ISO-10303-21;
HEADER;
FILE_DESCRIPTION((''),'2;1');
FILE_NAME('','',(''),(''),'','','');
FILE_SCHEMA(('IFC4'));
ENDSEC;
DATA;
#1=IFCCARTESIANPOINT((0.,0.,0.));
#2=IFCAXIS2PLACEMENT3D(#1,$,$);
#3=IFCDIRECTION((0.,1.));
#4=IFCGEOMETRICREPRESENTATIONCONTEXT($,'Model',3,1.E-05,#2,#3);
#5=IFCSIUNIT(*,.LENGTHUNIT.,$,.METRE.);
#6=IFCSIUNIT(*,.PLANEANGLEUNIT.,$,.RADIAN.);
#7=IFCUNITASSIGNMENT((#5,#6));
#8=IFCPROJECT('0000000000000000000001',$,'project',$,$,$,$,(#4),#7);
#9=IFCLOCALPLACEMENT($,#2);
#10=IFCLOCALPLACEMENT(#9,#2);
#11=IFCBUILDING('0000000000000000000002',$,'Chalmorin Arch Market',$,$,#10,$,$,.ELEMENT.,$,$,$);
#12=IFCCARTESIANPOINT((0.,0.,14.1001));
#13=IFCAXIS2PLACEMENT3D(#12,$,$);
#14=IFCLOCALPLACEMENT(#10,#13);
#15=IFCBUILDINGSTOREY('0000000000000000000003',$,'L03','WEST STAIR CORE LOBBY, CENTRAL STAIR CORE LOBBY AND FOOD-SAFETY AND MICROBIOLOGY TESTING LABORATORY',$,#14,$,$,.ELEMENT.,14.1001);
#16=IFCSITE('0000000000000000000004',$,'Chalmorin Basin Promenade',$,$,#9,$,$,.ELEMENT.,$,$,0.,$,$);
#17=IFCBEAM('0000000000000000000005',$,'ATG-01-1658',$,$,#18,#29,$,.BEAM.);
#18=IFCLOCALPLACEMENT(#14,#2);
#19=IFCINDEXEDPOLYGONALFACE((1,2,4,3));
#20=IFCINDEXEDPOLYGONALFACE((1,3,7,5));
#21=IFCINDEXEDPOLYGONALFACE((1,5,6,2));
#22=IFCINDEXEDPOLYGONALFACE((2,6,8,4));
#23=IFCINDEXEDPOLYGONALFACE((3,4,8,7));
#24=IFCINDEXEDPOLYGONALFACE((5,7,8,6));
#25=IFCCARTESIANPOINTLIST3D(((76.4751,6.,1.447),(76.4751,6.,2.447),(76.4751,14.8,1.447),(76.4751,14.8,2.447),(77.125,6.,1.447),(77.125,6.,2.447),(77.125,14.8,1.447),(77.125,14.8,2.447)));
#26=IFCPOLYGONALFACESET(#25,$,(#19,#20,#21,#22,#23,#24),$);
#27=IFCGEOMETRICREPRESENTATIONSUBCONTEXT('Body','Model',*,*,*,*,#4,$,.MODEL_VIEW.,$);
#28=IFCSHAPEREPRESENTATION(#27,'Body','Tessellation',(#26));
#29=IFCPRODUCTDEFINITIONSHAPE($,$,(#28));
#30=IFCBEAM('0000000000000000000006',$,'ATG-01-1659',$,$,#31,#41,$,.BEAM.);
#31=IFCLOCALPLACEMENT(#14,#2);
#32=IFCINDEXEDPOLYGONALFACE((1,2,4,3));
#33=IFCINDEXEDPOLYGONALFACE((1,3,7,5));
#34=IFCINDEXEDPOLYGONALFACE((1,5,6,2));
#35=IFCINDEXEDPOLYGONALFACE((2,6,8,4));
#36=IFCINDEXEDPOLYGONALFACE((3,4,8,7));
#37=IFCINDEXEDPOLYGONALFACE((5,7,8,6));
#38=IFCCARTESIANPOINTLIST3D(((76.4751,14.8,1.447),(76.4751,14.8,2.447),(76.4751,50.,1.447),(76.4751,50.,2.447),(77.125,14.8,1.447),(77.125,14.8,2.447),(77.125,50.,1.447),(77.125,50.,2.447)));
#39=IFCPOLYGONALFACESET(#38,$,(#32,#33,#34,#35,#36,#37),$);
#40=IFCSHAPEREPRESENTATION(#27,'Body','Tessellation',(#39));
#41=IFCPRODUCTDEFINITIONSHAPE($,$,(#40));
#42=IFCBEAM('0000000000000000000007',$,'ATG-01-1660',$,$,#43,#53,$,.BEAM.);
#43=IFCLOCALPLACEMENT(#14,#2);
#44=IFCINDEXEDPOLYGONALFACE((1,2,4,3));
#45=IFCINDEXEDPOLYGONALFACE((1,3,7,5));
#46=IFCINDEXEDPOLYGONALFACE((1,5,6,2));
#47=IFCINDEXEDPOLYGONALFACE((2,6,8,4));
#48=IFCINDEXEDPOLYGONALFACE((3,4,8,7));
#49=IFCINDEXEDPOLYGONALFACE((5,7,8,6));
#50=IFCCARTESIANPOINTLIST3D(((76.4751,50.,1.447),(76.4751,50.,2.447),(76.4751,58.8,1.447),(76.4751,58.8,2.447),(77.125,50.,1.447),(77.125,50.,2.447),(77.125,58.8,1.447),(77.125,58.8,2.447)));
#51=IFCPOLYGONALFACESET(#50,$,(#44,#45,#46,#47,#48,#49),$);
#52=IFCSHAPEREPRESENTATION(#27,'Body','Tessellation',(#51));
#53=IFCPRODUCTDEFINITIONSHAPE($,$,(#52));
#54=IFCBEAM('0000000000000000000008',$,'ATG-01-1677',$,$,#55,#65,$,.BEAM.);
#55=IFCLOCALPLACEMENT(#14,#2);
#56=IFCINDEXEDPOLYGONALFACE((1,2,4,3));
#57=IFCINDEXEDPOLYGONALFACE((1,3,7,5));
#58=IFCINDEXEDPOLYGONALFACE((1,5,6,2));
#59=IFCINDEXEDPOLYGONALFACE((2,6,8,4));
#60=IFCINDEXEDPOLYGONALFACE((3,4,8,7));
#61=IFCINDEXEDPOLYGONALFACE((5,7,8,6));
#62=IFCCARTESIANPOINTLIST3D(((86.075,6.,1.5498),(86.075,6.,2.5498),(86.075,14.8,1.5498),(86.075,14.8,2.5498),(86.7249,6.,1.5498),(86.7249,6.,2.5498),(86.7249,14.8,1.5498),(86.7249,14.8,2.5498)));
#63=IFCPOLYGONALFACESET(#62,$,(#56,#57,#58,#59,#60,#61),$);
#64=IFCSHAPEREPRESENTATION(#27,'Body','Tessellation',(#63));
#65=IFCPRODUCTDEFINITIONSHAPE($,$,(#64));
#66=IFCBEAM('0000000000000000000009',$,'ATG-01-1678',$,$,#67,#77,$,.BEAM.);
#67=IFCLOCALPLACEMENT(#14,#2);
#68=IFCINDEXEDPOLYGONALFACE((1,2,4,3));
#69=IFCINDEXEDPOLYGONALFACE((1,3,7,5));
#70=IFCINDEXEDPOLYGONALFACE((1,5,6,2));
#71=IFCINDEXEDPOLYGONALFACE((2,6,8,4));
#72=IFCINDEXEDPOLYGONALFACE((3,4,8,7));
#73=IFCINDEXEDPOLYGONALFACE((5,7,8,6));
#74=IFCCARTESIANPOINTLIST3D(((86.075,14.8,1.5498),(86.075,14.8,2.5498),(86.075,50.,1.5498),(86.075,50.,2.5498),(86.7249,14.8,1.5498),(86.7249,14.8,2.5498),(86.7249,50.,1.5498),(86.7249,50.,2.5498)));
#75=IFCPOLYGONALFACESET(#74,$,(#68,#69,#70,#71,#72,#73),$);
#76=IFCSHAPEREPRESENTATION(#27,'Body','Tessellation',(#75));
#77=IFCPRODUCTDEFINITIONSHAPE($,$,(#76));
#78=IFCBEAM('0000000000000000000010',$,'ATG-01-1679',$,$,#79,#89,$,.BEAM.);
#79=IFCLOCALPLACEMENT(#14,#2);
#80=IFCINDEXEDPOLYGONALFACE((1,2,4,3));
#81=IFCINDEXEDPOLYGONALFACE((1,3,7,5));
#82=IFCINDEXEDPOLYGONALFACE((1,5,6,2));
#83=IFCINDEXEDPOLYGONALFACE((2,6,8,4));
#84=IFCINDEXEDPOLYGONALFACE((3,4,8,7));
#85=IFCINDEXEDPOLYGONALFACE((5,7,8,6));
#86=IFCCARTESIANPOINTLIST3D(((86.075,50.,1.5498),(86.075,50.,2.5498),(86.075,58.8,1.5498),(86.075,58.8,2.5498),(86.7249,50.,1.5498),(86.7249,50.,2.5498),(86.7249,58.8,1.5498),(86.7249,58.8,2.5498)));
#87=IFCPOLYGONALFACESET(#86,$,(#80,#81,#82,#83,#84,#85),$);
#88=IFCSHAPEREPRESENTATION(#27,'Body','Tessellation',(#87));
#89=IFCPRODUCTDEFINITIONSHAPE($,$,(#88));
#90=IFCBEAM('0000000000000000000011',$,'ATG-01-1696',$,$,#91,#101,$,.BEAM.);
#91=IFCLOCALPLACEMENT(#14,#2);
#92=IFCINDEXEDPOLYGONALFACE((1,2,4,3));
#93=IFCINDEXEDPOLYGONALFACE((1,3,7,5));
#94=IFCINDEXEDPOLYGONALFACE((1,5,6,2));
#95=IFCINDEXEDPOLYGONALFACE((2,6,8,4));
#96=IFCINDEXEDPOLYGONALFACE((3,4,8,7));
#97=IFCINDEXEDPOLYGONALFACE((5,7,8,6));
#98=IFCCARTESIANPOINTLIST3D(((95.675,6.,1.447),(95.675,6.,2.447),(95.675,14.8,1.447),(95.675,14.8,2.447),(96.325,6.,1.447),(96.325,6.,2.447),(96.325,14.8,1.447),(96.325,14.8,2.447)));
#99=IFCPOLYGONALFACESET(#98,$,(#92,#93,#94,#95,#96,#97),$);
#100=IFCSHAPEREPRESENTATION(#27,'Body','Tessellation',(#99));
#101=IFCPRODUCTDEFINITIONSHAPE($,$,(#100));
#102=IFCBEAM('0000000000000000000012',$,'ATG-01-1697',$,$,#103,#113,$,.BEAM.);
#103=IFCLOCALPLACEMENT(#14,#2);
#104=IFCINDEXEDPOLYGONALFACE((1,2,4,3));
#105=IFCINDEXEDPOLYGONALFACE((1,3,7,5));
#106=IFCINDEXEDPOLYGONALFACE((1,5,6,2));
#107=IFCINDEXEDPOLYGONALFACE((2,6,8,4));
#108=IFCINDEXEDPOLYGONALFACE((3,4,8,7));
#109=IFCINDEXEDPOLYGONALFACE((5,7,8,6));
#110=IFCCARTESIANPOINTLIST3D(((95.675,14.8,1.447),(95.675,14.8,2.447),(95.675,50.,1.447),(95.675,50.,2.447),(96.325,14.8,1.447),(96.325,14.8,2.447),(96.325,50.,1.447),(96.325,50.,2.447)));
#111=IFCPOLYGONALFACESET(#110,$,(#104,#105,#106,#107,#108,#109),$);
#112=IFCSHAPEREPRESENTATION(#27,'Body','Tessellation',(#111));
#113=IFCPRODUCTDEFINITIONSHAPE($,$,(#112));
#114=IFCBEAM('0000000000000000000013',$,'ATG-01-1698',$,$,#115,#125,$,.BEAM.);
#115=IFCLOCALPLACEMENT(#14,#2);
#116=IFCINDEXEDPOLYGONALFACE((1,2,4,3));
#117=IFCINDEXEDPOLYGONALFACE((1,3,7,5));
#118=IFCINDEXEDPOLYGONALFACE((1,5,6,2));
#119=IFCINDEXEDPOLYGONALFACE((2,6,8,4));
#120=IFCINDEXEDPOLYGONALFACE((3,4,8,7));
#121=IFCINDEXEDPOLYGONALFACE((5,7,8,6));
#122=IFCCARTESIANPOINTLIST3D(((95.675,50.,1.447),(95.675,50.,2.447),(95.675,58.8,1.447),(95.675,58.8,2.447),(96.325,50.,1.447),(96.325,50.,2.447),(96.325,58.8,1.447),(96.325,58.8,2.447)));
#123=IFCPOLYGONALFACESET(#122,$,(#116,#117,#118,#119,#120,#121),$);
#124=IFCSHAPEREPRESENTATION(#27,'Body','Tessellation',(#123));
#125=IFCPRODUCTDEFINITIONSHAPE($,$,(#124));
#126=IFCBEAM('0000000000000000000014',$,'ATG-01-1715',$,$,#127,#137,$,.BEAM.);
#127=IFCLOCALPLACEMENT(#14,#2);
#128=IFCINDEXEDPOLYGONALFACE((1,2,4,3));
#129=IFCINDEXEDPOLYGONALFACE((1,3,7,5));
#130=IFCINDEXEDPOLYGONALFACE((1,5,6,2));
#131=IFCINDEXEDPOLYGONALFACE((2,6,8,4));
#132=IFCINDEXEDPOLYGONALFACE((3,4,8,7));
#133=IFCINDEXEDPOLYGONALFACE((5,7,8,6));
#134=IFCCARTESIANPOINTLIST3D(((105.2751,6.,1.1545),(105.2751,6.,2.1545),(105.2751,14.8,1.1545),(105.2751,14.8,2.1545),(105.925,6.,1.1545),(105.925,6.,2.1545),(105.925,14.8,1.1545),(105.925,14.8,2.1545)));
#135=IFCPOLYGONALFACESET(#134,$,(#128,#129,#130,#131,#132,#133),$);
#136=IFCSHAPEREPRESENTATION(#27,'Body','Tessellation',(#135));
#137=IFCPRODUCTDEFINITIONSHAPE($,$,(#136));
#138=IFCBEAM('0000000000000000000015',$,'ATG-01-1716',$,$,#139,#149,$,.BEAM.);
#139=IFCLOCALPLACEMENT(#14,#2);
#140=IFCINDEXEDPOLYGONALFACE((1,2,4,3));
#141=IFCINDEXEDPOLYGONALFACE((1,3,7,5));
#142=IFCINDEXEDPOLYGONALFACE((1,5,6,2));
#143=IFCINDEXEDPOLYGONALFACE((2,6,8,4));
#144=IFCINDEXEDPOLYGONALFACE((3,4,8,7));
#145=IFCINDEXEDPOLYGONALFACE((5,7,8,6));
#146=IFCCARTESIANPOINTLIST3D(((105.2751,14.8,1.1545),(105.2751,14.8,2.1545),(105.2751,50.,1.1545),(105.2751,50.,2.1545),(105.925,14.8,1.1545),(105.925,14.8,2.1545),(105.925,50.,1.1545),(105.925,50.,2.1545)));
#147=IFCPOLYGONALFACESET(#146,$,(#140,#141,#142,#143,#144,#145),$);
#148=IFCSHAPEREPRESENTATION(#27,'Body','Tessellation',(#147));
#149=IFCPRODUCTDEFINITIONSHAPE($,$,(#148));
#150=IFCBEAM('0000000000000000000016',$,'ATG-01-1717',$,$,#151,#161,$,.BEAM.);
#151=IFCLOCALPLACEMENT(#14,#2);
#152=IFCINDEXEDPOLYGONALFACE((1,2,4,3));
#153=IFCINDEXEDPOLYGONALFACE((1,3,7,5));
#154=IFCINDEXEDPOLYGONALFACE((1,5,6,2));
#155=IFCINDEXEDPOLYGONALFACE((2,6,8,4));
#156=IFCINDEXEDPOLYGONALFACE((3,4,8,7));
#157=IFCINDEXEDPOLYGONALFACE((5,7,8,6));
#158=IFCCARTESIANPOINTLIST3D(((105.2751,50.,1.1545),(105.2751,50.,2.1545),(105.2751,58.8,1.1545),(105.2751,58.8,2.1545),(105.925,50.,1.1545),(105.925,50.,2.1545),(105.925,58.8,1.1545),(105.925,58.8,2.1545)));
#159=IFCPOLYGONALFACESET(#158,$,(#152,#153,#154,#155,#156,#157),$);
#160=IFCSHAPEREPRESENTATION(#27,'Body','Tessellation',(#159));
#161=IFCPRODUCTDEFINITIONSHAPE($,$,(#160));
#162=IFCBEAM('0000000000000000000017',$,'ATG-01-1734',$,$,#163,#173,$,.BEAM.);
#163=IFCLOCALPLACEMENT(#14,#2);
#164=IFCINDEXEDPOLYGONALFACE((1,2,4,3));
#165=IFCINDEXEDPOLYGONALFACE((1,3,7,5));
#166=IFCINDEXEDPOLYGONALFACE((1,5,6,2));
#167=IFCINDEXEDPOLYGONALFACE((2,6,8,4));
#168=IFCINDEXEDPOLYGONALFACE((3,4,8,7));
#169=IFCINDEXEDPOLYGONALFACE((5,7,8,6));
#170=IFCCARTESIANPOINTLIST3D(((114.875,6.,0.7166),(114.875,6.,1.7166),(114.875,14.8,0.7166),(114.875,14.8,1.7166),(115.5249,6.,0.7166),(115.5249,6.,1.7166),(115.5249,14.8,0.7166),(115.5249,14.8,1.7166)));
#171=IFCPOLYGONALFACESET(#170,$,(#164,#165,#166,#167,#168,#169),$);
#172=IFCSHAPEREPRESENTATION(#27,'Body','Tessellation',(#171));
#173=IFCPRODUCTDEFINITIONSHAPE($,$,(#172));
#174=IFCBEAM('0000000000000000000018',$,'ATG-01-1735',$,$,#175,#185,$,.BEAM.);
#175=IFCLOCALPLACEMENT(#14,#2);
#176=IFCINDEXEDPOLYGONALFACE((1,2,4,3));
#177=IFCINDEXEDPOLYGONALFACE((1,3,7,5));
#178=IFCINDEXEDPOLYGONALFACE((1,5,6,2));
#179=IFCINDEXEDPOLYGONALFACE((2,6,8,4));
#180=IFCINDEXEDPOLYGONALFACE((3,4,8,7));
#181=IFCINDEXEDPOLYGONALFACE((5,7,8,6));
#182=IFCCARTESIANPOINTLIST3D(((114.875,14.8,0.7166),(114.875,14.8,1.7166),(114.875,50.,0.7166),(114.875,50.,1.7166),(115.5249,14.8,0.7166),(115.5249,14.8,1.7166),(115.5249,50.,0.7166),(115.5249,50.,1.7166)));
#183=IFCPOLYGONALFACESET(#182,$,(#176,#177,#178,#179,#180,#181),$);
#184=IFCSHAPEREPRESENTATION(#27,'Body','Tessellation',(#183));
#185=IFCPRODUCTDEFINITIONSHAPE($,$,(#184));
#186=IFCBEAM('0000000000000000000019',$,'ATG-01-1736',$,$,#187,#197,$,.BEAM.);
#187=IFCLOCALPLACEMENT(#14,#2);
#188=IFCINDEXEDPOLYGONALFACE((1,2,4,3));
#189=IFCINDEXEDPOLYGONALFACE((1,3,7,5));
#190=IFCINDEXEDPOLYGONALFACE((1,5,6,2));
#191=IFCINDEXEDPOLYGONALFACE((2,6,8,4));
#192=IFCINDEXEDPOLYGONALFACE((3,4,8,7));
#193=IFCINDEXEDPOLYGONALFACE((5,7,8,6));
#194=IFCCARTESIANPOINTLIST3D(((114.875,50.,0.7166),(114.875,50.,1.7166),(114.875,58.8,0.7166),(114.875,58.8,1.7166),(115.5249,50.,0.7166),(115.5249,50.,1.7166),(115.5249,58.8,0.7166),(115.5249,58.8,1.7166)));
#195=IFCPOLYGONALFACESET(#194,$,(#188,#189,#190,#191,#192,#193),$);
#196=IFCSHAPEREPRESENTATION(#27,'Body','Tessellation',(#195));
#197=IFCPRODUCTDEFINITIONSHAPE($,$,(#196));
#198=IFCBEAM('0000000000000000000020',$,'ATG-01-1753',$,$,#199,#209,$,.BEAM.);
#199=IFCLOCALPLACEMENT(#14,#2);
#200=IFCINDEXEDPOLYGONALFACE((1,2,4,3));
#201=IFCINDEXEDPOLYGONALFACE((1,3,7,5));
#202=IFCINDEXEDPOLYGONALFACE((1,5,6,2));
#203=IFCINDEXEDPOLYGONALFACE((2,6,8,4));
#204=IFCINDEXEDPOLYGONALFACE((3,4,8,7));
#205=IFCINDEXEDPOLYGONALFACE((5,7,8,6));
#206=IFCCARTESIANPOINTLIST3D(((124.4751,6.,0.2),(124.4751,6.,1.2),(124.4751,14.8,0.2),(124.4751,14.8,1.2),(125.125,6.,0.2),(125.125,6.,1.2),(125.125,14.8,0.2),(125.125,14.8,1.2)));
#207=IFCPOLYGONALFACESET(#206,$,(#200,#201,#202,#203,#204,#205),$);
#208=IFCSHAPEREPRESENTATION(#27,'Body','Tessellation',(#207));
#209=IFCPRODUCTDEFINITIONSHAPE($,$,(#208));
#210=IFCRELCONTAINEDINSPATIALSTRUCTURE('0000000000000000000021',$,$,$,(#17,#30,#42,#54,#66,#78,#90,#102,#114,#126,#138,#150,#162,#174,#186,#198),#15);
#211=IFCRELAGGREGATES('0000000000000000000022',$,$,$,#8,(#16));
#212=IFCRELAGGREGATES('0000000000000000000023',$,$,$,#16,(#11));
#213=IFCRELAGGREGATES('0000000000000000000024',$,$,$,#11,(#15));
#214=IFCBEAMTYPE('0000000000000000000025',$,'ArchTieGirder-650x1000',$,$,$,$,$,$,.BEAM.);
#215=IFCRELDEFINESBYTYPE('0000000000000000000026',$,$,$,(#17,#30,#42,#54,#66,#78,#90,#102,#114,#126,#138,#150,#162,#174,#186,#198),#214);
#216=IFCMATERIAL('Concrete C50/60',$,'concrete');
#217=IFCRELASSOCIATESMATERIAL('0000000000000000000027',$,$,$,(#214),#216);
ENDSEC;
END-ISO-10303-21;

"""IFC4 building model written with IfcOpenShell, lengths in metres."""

from ifc_helpers import new_model, si_unit, direction, frame, origin, origin_2d, place, context, subcontext, project, spatial, rectangle, extrude, material, material_profile, profile_set, type_object, element, save


model = new_model("IFC4")

# Units and contexts
model_context = context("Model", 3, precision=1e-05, world=origin(), true_north=direction((0.0, 1.0)))
body_context = subcontext(model_context, "Body", "Model", "MODEL_VIEW")
ifc_project = project(units=[si_unit("LENGTHUNIT", "METRE"), si_unit("PLANEANGLEUNIT", "RADIAN")], contexts=[model_context])

# Site, building, storey
site_placement = place(None, origin())
site = spatial("IfcSite", under=ifc_project, at=site_placement, Name="Chalmorin Basin Promenade", CompositionType="ELEMENT", RefElevation=0.0)
building_placement = place(site_placement, origin())
building = spatial("IfcBuilding", under=site, at=building_placement, Name="Chalmorin Arch Market", CompositionType="ELEMENT")
storey_placement = place(building_placement, frame((0.0, 0.0, 14.1001)))
storey = spatial("IfcBuildingStorey", under=building, at=storey_placement, Name="L03", Description="WEST STAIR CORE LOBBY, CENTRAL STAIR CORE LOBBY AND FOOD-SAFETY AND MICROBIOLOGY TESTING LABORATORY", CompositionType="ELEMENT", Elevation=14.1001)

# Shared definitions
ifc_material_1 = material(Name="Concrete C50/60", Category="concrete")

# Beams
ifc_material_profile_1 = material_profile(ifc_material_1, rectangle(XDim=0.6499, YDim=1.0, at=origin_2d()), Name="RC650X1000")
ifc_profile_set_1 = profile_set([ifc_material_profile_1], Name="Concrete C50/60")
beam_type = type_object("IfcBeamType", Name="ArchTieGirder-650x1000", PredefinedType="BEAM", material=ifc_profile_set_1)
beam_1_placement = place(storey_placement, frame((76.8, 6.0, 1.947), z_axis=(0.0, 1.0, 0.0), x_axis=(-1.0, 0.0, 0.0)))
element("IfcBeam", 1, at=beam_1_placement, inside=storey, type_object=beam_type, Name="ATG-01-1658", PredefinedType="BEAM", context=body_context, shape_type="SweptSolid", body=[
    extrude(rectangle(XDim=0.6499, YDim=1.0, at=origin_2d()), origin(), (0.0, 0.0, 1.0), 8.8),
])
beam_2_placement = place(storey_placement, frame((76.8, 14.8, 1.947), z_axis=(0.0, 1.0, 0.0), x_axis=(-1.0, 0.0, 0.0)))
element("IfcBeam", 2, at=beam_2_placement, inside=storey, type_object=beam_type, Name="ATG-01-1659", PredefinedType="BEAM", context=body_context, shape_type="SweptSolid", body=[
    extrude(rectangle(XDim=0.6499, YDim=1.0, at=origin_2d()), origin(), (0.0, 0.0, 1.0), 35.2),
])
for number, where, z_axis, x_axis, name in (
    (3, (76.8, 50.0, 1.947), (0.0, 1.0, 0.0), (-1.0, 0.0, 0.0), "ATG-01-1660"),
    (4, (86.3999, 6.0, 2.0498), (0.0, 1.0, 0.0), (-1.0, 0.0, 0.0), "ATG-01-1677"),
):
    element("IfcBeam", number, at=place(storey_placement, frame(where, z_axis=z_axis, x_axis=x_axis)), inside=storey, type_object=beam_type, Name=name, PredefinedType="BEAM", context=body_context, shape_type="SweptSolid", body=[
        extrude(rectangle(XDim=0.6499, YDim=1.0, at=origin_2d()), origin(), (0.0, 0.0, 1.0), 8.8),
    ])
beam_3_placement = place(storey_placement, frame((86.3999, 14.8, 2.0498), z_axis=(0.0, 1.0, 0.0), x_axis=(-1.0, 0.0, 0.0)))
element("IfcBeam", 5, at=beam_3_placement, inside=storey, type_object=beam_type, Name="ATG-01-1678", PredefinedType="BEAM", context=body_context, shape_type="SweptSolid", body=[
    extrude(rectangle(XDim=0.6499, YDim=1.0, at=origin_2d()), origin(), (0.0, 0.0, 1.0), 35.2),
])
for number, where, z_axis, x_axis, name in (
    (6, (86.3999, 50.0, 2.0498), (0.0, 1.0, 0.0), (-1.0, 0.0, 0.0), "ATG-01-1679"),
    (7, (96.0, 6.0, 1.947), (0.0, 1.0, 0.0), (-1.0, 0.0, 0.0), "ATG-01-1696"),
):
    element("IfcBeam", number, at=place(storey_placement, frame(where, z_axis=z_axis, x_axis=x_axis)), inside=storey, type_object=beam_type, Name=name, PredefinedType="BEAM", context=body_context, shape_type="SweptSolid", body=[
        extrude(rectangle(XDim=0.6499, YDim=1.0, at=origin_2d()), origin(), (0.0, 0.0, 1.0), 8.8),
    ])
beam_4_placement = place(storey_placement, frame((96.0, 14.8, 1.947), z_axis=(0.0, 1.0, 0.0), x_axis=(-1.0, 0.0, 0.0)))
element("IfcBeam", 8, at=beam_4_placement, inside=storey, type_object=beam_type, Name="ATG-01-1697", PredefinedType="BEAM", context=body_context, shape_type="SweptSolid", body=[
    extrude(rectangle(XDim=0.6499, YDim=1.0, at=origin_2d()), origin(), (0.0, 0.0, 1.0), 35.2),
])
for number, where, z_axis, x_axis, name in (
    (9, (96.0, 50.0, 1.947), (0.0, 1.0, 0.0), (-1.0, 0.0, 0.0), "ATG-01-1698"),
    (10, (105.6001, 6.0, 1.6545), (0.0, 1.0, 0.0), (-1.0, 0.0, 0.0), "ATG-01-1715"),
):
    element("IfcBeam", number, at=place(storey_placement, frame(where, z_axis=z_axis, x_axis=x_axis)), inside=storey, type_object=beam_type, Name=name, PredefinedType="BEAM", context=body_context, shape_type="SweptSolid", body=[
        extrude(rectangle(XDim=0.6499, YDim=1.0, at=origin_2d()), origin(), (0.0, 0.0, 1.0), 8.8),
    ])
beam_5_placement = place(storey_placement, frame((105.6001, 14.8, 1.6545), z_axis=(0.0, 1.0, 0.0), x_axis=(-1.0, 0.0, 0.0)))
element("IfcBeam", 11, at=beam_5_placement, inside=storey, type_object=beam_type, Name="ATG-01-1716", PredefinedType="BEAM", context=body_context, shape_type="SweptSolid", body=[
    extrude(rectangle(XDim=0.6499, YDim=1.0, at=origin_2d()), origin(), (0.0, 0.0, 1.0), 35.2),
])
for number, where, z_axis, x_axis, name in (
    (12, (105.6001, 50.0, 1.6545), (0.0, 1.0, 0.0), (-1.0, 0.0, 0.0), "ATG-01-1717"),
    (13, (115.2, 6.0, 1.2166), (0.0, 1.0, 0.0), (-1.0, 0.0, 0.0), "ATG-01-1734"),
):
    element("IfcBeam", number, at=place(storey_placement, frame(where, z_axis=z_axis, x_axis=x_axis)), inside=storey, type_object=beam_type, Name=name, PredefinedType="BEAM", context=body_context, shape_type="SweptSolid", body=[
        extrude(rectangle(XDim=0.6499, YDim=1.0, at=origin_2d()), origin(), (0.0, 0.0, 1.0), 8.8),
    ])
beam_6_placement = place(storey_placement, frame((115.2, 14.8, 1.2166), z_axis=(0.0, 1.0, 0.0), x_axis=(-1.0, 0.0, 0.0)))
element("IfcBeam", 14, at=beam_6_placement, inside=storey, type_object=beam_type, Name="ATG-01-1735", PredefinedType="BEAM", context=body_context, shape_type="SweptSolid", body=[
    extrude(rectangle(XDim=0.6499, YDim=1.0, at=origin_2d()), origin(), (0.0, 0.0, 1.0), 35.2),
])
for number, where, z_axis, x_axis, name in (
    (15, (115.2, 50.0, 1.2166), (0.0, 1.0, 0.0), (-1.0, 0.0, 0.0), "ATG-01-1736"),
    (16, (124.8, 6.0, 0.7), (0.0, 1.0, 0.0), (-1.0, 0.0, 0.0), "ATG-01-1753"),
):
    element("IfcBeam", number, at=place(storey_placement, frame(where, z_axis=z_axis, x_axis=x_axis)), inside=storey, type_object=beam_type, Name=name, PredefinedType="BEAM", context=body_context, shape_type="SweptSolid", body=[
        extrude(rectangle(XDim=0.6499, YDim=1.0, at=origin_2d()), origin(), (0.0, 0.0, 1.0), 8.8),
    ])

save(model, "model.ifc")
